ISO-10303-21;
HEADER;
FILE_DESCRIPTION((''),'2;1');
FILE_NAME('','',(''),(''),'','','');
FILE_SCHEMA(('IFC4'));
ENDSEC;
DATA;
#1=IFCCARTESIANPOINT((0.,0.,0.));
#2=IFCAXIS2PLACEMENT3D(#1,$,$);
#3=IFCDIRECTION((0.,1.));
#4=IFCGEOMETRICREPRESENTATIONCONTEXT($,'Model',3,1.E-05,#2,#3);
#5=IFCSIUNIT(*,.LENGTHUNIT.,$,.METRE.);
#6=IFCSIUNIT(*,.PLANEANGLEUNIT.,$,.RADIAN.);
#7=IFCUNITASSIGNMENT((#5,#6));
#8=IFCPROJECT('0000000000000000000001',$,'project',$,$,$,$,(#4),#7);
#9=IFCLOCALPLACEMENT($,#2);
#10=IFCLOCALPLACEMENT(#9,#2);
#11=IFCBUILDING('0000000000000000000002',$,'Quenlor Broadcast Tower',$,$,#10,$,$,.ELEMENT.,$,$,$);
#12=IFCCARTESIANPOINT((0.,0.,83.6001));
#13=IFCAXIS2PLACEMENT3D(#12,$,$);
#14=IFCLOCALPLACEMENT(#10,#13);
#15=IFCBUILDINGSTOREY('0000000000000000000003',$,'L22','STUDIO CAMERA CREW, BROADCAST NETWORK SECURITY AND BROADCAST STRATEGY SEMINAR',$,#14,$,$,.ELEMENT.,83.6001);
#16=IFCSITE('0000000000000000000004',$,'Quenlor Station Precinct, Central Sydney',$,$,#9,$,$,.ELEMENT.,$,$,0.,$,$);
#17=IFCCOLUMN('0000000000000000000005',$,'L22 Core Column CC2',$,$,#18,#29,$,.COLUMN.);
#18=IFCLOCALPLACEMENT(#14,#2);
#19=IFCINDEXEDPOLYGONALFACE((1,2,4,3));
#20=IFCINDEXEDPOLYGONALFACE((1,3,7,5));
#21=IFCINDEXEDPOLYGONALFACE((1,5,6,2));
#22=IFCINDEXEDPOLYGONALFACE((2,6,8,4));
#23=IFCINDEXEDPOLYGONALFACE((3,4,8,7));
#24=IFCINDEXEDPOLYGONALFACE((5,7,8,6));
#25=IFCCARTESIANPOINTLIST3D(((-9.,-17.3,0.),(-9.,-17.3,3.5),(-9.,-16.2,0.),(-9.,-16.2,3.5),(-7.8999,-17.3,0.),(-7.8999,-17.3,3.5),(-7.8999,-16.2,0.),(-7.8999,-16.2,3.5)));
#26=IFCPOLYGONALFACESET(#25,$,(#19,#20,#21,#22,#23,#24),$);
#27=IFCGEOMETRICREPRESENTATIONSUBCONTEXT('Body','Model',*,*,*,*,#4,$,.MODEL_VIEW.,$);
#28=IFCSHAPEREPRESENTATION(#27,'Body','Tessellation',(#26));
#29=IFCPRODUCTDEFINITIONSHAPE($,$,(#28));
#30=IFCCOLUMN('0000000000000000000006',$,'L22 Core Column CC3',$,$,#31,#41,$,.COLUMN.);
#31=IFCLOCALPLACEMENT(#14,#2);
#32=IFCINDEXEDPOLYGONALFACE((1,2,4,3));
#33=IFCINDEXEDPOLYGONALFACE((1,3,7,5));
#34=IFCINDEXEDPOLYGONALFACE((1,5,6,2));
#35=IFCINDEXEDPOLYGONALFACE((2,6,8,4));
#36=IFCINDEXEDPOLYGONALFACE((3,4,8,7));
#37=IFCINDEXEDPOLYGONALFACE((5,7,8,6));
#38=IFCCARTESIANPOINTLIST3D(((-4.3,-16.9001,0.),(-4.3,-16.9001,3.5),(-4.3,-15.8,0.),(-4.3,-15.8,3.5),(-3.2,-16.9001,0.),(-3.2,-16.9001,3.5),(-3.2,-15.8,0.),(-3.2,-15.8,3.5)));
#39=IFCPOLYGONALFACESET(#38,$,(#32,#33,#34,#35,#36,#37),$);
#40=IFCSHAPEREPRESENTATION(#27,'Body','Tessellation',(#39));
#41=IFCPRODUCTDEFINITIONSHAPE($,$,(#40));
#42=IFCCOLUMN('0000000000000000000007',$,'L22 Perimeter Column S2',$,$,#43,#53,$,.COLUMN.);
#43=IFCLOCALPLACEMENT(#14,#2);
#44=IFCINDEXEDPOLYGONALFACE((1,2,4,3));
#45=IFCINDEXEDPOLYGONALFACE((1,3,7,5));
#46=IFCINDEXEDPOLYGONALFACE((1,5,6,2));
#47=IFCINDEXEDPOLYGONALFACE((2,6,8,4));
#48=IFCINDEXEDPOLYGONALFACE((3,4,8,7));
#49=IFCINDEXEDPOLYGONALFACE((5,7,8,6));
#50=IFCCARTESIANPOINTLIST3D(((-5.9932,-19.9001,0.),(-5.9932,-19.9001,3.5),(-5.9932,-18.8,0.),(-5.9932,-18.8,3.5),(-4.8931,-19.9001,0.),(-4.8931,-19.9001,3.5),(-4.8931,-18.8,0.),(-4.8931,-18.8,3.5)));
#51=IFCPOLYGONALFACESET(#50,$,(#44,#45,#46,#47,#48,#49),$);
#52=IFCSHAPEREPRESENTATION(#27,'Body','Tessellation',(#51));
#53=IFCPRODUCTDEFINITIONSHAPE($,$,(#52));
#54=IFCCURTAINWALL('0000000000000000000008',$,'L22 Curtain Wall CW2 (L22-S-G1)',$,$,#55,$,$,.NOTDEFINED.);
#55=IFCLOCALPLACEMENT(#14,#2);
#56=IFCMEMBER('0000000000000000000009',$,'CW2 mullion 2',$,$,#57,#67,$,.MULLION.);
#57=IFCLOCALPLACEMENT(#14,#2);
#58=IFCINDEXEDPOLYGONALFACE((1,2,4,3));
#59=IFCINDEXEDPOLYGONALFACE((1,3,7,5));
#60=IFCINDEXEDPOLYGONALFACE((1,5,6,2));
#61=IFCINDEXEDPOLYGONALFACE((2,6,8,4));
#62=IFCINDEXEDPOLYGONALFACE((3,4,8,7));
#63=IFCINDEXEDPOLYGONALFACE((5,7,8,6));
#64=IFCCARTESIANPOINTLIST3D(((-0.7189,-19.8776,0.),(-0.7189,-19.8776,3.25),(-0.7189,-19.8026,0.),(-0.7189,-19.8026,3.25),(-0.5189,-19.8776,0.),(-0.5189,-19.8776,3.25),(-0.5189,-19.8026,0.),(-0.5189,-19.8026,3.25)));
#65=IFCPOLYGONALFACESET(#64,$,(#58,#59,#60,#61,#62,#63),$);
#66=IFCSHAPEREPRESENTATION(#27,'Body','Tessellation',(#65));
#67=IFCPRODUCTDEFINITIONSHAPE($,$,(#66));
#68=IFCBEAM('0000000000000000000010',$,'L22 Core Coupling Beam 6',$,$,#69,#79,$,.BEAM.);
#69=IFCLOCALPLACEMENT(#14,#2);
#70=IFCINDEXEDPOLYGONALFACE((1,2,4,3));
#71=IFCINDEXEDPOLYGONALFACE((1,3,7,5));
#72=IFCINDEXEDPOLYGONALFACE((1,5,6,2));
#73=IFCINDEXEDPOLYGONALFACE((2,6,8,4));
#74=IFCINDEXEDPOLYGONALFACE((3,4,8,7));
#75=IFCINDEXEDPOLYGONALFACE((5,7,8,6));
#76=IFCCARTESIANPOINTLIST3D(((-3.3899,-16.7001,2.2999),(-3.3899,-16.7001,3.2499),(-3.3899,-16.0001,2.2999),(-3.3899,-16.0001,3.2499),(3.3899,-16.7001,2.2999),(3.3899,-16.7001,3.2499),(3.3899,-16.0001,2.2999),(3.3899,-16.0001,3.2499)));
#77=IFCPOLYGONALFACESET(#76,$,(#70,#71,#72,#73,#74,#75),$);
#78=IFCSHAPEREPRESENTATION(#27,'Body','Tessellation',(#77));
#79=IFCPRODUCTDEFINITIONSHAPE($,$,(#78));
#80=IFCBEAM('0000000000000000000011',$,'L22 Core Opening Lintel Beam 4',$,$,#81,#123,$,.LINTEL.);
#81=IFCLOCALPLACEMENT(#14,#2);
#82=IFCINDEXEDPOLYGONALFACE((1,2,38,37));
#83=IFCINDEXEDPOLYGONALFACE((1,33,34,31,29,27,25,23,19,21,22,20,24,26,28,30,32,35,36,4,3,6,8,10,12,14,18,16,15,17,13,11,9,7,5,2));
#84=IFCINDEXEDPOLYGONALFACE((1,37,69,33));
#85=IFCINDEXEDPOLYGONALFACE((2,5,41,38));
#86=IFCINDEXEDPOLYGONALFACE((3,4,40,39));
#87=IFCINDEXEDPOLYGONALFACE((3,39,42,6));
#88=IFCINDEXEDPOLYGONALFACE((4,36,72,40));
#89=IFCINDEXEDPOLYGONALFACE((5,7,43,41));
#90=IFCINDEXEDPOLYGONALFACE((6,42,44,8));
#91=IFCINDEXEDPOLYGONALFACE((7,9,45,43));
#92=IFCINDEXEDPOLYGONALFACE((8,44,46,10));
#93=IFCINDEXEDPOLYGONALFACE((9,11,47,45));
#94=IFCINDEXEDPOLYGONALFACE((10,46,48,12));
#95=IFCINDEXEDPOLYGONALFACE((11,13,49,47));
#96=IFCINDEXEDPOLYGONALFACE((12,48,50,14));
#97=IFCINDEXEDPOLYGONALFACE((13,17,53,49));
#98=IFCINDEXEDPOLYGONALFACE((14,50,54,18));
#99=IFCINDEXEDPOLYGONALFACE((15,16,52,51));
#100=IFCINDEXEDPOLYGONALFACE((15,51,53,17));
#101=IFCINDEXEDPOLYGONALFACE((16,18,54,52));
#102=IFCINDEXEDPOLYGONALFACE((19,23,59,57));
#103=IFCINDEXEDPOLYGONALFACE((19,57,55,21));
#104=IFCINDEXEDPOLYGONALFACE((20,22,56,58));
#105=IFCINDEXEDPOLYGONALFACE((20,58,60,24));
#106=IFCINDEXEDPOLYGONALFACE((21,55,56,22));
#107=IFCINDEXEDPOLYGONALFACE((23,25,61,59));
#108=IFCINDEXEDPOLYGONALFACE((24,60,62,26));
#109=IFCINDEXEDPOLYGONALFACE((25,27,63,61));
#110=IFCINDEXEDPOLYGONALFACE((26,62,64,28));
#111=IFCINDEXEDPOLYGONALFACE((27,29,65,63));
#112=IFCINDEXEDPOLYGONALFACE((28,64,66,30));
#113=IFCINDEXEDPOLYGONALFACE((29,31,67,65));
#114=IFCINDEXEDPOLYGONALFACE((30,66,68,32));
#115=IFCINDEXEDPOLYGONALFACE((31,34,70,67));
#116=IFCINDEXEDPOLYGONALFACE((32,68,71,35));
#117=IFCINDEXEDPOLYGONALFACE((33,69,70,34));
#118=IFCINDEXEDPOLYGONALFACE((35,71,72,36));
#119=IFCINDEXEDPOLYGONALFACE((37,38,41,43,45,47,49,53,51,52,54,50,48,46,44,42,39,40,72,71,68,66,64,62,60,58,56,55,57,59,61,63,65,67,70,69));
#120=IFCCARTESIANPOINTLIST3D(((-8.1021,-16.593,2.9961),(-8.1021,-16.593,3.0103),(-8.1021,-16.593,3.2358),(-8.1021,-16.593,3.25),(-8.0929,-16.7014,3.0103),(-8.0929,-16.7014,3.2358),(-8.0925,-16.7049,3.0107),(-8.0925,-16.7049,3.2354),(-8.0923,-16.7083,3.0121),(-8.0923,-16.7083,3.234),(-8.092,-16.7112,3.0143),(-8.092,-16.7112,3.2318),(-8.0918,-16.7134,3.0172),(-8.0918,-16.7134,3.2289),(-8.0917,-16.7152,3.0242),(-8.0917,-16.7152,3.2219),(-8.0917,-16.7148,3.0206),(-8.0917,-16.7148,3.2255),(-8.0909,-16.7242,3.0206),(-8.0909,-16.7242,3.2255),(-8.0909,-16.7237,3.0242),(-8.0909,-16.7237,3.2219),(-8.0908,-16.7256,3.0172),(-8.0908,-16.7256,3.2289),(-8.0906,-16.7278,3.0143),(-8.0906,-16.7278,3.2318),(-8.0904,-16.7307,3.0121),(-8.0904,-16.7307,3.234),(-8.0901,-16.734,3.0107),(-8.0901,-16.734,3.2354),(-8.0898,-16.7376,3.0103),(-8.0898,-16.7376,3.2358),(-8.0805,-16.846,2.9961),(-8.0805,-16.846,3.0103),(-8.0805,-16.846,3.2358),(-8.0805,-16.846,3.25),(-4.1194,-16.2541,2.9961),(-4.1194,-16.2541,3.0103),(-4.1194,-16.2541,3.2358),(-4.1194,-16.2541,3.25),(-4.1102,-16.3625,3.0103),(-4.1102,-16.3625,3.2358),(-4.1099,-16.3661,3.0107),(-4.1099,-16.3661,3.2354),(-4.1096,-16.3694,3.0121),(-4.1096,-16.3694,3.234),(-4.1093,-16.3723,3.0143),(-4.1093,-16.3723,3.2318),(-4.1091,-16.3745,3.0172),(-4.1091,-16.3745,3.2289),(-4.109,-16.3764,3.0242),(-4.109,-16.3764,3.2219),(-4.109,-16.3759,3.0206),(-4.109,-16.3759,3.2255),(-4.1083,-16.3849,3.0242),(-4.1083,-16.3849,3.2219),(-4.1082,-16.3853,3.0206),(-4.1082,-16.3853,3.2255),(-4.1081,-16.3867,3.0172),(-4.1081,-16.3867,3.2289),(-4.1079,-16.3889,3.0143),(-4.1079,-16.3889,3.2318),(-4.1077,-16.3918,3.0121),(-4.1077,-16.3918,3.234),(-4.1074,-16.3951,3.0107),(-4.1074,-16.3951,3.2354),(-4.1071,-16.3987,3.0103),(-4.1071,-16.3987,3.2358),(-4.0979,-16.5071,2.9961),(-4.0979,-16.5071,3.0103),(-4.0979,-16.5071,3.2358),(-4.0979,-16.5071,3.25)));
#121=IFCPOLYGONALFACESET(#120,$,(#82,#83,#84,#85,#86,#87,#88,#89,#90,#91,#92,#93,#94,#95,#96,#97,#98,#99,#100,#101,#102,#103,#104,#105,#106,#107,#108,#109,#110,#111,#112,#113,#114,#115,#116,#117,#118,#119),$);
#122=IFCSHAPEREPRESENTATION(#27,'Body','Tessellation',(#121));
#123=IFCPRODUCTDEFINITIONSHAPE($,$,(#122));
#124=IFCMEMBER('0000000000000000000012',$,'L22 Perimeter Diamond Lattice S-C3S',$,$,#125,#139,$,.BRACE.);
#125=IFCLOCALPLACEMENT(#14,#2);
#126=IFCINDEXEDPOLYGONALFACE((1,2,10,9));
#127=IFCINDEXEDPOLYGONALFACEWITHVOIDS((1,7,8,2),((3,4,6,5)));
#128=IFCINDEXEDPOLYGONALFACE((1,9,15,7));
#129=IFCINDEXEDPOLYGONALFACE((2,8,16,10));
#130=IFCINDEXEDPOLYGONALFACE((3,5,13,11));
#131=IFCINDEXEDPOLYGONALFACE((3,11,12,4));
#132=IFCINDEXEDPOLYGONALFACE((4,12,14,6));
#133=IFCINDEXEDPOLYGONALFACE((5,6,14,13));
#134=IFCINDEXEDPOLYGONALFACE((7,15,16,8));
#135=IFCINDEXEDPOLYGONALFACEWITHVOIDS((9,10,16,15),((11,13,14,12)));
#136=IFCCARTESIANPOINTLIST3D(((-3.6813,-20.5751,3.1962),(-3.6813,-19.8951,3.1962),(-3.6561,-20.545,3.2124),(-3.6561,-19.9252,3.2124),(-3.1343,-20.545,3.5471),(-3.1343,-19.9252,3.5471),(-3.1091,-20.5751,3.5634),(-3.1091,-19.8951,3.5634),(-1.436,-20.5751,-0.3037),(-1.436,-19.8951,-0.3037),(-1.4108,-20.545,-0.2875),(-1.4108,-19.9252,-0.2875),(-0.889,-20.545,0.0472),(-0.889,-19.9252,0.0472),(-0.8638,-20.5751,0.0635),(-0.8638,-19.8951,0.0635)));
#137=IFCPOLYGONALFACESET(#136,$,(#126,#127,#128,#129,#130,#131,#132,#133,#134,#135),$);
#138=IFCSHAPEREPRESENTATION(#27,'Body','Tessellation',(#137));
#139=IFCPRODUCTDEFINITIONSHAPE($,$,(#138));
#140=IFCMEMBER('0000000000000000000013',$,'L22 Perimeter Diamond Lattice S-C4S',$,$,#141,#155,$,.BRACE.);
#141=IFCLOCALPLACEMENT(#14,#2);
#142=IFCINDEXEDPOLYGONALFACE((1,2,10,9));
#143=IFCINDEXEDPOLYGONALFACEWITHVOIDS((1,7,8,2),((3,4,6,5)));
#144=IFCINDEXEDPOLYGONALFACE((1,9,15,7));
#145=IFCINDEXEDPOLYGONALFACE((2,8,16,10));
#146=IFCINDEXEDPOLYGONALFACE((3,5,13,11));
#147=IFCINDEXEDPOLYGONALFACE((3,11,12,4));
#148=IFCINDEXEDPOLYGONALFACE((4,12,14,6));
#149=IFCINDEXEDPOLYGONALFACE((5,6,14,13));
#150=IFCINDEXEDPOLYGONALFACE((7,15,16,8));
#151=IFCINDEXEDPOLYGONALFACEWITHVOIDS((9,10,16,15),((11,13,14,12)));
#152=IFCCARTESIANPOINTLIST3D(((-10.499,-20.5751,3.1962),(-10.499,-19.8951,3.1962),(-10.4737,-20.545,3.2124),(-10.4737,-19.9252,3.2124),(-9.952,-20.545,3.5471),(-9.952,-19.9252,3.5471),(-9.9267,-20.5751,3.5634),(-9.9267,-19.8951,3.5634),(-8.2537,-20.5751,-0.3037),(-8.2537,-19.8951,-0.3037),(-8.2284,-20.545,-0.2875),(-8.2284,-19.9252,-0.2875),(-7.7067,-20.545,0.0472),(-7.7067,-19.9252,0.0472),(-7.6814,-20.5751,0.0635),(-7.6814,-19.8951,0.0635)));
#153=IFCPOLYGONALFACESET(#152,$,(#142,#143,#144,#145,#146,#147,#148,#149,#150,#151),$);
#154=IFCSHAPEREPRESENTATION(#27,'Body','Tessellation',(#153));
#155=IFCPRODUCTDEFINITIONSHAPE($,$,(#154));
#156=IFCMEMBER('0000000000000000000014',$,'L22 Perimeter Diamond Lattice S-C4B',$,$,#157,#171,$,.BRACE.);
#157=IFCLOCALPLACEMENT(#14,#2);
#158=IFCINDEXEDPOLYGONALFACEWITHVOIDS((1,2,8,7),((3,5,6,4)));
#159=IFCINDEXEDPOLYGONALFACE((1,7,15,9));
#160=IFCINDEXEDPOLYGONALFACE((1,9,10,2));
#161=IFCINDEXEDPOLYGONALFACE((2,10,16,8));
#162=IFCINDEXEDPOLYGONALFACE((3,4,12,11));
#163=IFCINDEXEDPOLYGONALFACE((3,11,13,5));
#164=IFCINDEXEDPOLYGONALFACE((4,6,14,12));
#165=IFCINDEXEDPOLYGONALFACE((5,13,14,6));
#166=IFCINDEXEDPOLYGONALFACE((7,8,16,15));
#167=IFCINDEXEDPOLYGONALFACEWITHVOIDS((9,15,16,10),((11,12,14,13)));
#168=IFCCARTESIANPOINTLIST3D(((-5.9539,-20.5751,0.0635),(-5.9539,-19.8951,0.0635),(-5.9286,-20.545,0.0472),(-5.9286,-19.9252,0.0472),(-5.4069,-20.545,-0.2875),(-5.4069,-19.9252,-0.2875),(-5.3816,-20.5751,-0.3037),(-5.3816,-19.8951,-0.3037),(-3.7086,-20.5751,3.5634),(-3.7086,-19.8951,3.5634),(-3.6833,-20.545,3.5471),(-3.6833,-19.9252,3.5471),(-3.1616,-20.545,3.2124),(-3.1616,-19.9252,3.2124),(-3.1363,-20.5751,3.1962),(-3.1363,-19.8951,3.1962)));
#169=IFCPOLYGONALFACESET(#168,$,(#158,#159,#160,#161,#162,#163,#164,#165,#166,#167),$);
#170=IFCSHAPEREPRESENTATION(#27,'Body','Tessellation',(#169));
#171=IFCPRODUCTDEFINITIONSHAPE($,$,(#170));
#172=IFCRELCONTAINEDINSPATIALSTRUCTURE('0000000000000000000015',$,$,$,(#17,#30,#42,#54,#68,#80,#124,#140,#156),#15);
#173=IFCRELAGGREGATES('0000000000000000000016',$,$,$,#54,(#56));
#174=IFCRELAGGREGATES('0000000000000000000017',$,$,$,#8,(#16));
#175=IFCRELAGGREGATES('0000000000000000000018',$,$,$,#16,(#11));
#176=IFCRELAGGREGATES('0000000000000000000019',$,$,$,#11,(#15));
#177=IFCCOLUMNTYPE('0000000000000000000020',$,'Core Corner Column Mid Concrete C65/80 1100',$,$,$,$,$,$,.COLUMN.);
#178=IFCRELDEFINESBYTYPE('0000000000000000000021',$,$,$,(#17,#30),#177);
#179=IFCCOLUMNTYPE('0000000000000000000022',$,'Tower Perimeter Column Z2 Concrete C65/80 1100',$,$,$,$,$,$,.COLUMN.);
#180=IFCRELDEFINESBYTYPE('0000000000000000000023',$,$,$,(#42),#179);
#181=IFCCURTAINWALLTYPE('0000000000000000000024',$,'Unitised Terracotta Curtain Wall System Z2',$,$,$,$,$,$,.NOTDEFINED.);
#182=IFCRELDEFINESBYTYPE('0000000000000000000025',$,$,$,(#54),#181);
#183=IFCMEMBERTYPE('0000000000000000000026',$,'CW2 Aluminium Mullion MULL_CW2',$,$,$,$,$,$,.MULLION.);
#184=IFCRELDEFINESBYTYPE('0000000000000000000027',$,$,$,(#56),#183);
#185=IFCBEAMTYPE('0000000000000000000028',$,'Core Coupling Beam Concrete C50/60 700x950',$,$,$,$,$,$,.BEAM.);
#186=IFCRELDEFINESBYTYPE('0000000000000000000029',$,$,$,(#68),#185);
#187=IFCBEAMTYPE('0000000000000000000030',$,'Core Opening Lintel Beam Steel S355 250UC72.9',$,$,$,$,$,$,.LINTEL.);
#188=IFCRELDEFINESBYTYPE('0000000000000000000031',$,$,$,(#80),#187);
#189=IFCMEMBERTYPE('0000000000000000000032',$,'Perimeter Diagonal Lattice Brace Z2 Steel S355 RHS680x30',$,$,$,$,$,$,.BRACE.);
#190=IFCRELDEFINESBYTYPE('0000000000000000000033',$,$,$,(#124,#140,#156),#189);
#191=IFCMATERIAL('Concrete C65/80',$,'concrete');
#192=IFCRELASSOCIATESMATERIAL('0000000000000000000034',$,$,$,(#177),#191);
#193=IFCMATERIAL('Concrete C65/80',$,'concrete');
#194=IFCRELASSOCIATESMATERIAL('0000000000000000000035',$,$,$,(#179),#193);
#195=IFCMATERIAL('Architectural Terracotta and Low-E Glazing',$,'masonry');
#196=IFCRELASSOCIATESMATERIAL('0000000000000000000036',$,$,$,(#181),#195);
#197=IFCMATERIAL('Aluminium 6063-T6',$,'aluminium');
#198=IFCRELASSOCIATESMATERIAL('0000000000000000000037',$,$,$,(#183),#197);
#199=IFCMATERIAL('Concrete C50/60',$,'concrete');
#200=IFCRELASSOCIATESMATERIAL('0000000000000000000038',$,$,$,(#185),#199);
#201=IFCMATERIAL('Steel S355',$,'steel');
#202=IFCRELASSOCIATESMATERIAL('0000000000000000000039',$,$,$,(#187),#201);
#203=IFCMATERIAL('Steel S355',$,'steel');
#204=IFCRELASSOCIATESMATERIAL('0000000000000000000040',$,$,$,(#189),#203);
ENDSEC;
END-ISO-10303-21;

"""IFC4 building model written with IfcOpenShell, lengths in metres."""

from ifc_helpers import new_model, si_unit, direction, frame, origin, origin_2d, place, context, subcontext, project, spatial, rectangle, hollow_rectangle, i_section, extrude, material, material_profile, profile_set, type_object, element, aggregate, save


model = new_model("IFC4")

# Units and contexts
model_context = context("Model", 3, precision=1e-05, world=origin(), true_north=direction((0.0, 1.0)))
body_context = subcontext(model_context, "Body", "Model", "MODEL_VIEW")
ifc_project = project(units=[si_unit("LENGTHUNIT", "METRE"), si_unit("PLANEANGLEUNIT", "RADIAN")], contexts=[model_context])

# Site, building, storey
site_placement = place(None, origin())
site = spatial("IfcSite", under=ifc_project, at=site_placement, Name="Quenlor Station Precinct, Central Sydney", CompositionType="ELEMENT", RefElevation=0.0)
building_placement = place(site_placement, origin())
building = spatial("IfcBuilding", under=site, at=building_placement, Name="Quenlor Broadcast Tower", CompositionType="ELEMENT")
storey_placement = place(building_placement, frame((0.0, 0.0, 83.6001)))
storey = spatial("IfcBuildingStorey", under=building, at=storey_placement, Name="L22", Description="STUDIO CAMERA CREW, BROADCAST NETWORK SECURITY AND BROADCAST STRATEGY SEMINAR", CompositionType="ELEMENT", Elevation=83.6001)

# Columns
ifc_material_1 = material(Name="Concrete C65/80", Category="concrete")
ifc_material_profile_1 = material_profile(ifc_material_1, rectangle(XDim=1.1001, YDim=1.1001, at=origin_2d()))
ifc_profile_set_1 = profile_set([ifc_material_profile_1], Name="Concrete C65/80 RC1100x1100")
column_type_1 = type_object("IfcColumnType", Name="Core Corner Column Mid Concrete C65/80 1100", PredefinedType="COLUMN", material=ifc_profile_set_1)
for number, where, z_axis, x_axis, name in (
    (1, (-8.45, -16.75, 0.0), (0.0, 0.0, 1.0), (1.0, 0.0, 0.0), "L22 Core Column CC2"),
    (2, (-3.75, -16.3501, 0.0), (0.0, 0.0, 1.0), (1.0, 0.0, 0.0), "L22 Core Column CC3"),
):
    element("IfcColumn", number, at=place(storey_placement, frame(where, z_axis=z_axis, x_axis=x_axis)), inside=storey, type_object=column_type_1, Name=name, PredefinedType="COLUMN", context=body_context, shape_type="SweptSolid", body=[
        extrude(rectangle(XDim=1.1001, YDim=1.1001, at=origin_2d()), origin(), (0.0, 0.0, 1.0), 3.5),
    ])
ifc_material_2 = material(Name="Concrete C65/80", Category="concrete")
ifc_material_profile_2 = material_profile(ifc_material_2, rectangle(XDim=1.1001, YDim=1.1001, at=origin_2d()))
ifc_profile_set_2 = profile_set([ifc_material_profile_2], Name="Concrete C65/80 RC1100x1100")
column_type_2 = type_object("IfcColumnType", Name="Tower Perimeter Column Z2 Concrete C65/80 1100", PredefinedType="COLUMN", material=ifc_profile_set_2)
column_placement = place(storey_placement, frame((-5.4431, -19.3501, 0.0), z_axis=(0.0, 0.0, 1.0), x_axis=(0.0, 1.0, 0.0)))
element("IfcColumn", 3, at=column_placement, inside=storey, type_object=column_type_2, Name="L22 Perimeter Column S2", PredefinedType="COLUMN", context=body_context, shape_type="SweptSolid", body=[
    extrude(rectangle(XDim=1.1001, YDim=1.1001, at=origin_2d()), origin(), (0.0, 0.0, 1.0), 3.5),
])

# Curtain wall, member
ifc_material_3 = material(Name="Architectural Terracotta and Low-E Glazing", Category="masonry")
curtain_wall_type = type_object("IfcCurtainWallType", Name="Unitised Terracotta Curtain Wall System Z2", PredefinedType="NOTDEFINED", material=ifc_material_3)
curtain_wall_placement = place(storey_placement, origin())
curtain_wall = element("IfcCurtainWall", 4, at=curtain_wall_placement, inside=storey, type_object=curtain_wall_type, Name="L22 Curtain Wall CW2 (L22-S-G1)", PredefinedType="NOTDEFINED")
ifc_material_4 = material(Name="Aluminium 6063-T6", Category="aluminium")
ifc_material_profile_3 = material_profile(ifc_material_4, rectangle(XDim=0.075, YDim=0.2, at=origin_2d()))
ifc_profile_set_3 = profile_set([ifc_material_profile_3], Name="Aluminium 6063-T6 MULL75x200")
member_type_1 = type_object("IfcMemberType", Name="CW2 Aluminium Mullion MULL_CW2", PredefinedType="MULLION", material=ifc_profile_set_3)
member_placement = place(storey_placement, frame((-0.6189, -19.8401, 0.0), z_axis=(0.0, 0.0, 1.0), x_axis=(0.0, -1.0, 0.0)))
member = element("IfcMember", 5, at=member_placement, type_object=member_type_1, Name="CW2 mullion 2", PredefinedType="MULLION", context=body_context, shape_type="SweptSolid", body=[
    extrude(rectangle(XDim=0.075, YDim=0.2, at=origin_2d()), origin(), (0.0, 0.0, 1.0), 3.25),
])

# Beams
ifc_material_5 = material(Name="Concrete C50/60", Category="concrete")
ifc_material_profile_4 = material_profile(ifc_material_5, rectangle(XDim=0.7, YDim=0.95, at=origin_2d()))
ifc_profile_set_4 = profile_set([ifc_material_profile_4], Name="Concrete C50/60 RCB700x950")
beam_type_1 = type_object("IfcBeamType", Name="Core Coupling Beam Concrete C50/60 700x950", PredefinedType="BEAM", material=ifc_profile_set_4)
beam_1_placement = place(storey_placement, frame((-3.3899, -16.3501, 2.7749), z_axis=(1.0, 0.0, 0.0), x_axis=(0.0, 1.0, 0.0)))
element("IfcBeam", 6, at=beam_1_placement, inside=storey, type_object=beam_type_1, Name="L22 Core Coupling Beam 6", PredefinedType="BEAM", context=body_context, shape_type="SweptSolid", body=[
    extrude(rectangle(XDim=0.7, YDim=0.95, at=origin_2d()), origin(), (0.0, 0.0, 1.0), 6.7798),
])
ifc_material_6 = material(Name="Steel S355", Category="steel")
ifc_material_profile_5 = material_profile(ifc_material_6, i_section(OverallWidth=0.2539, OverallDepth=0.2539, WebThickness=0.0085, FlangeThickness=0.0142, FilletRadius=0.0139, at=origin_2d()))
ifc_profile_set_5 = profile_set([ifc_material_profile_5], Name="Steel S355 250UC72.9")
beam_type_2 = type_object("IfcBeamType", Name="Core Opening Lintel Beam Steel S355 250UC72.9", PredefinedType="LINTEL", material=ifc_profile_set_5)
beam_2_placement = place(storey_placement, frame((-8.0913, -16.7195, 3.123), z_axis=(0.9964, 0.084779, 0.0), x_axis=(-0.084779, 0.9964, 0.0)))
element("IfcBeam", 7, at=beam_2_placement, inside=storey, type_object=beam_type_2, Name="L22 Core Opening Lintel Beam 4", PredefinedType="LINTEL", context=body_context, shape_type="SweptSolid", body=[
    extrude(i_section(OverallWidth=0.2539, OverallDepth=0.2539, WebThickness=0.0085, FlangeThickness=0.0142, FilletRadius=0.0139, at=origin_2d()), origin(), (0.0, 0.0, 1.0), 3.9971),
])

# Members
ifc_material_7 = material(Name="Steel S355", Category="steel")
ifc_material_profile_6 = material_profile(ifc_material_7, hollow_rectangle(XDim=0.6799, YDim=0.6799, WallThickness=0.03, at=origin_2d()))
ifc_profile_set_6 = profile_set([ifc_material_profile_6], Name="Steel S355 RHS680x680x30")
member_type_2 = type_object("IfcMemberType", Name="Perimeter Diagonal Lattice Brace Z2 Steel S355 RHS680x30", PredefinedType="BRACE", material=ifc_profile_set_6)
for number, where, z_axis, x_axis, name in (
    (8, (-1.1499, -20.2351, -0.1201), (-0.539968, 0.0, 0.841686), (0.0, -1.0, 0.0), "L22 Perimeter Diamond Lattice S-C3S"),
    (9, (-7.9675, -20.2351, -0.1201), (-0.539968, 0.0, 0.841686), (0.0, -1.0, 0.0), "L22 Perimeter Diamond Lattice S-C4S"),
    (10, (-5.6677, -20.2351, -0.1201), (0.539968, 0.0, 0.841686), (0.0, 1.0, 0.0), "L22 Perimeter Diamond Lattice S-C4B"),
):
    element("IfcMember", number, at=place(storey_placement, frame(where, z_axis=z_axis, x_axis=x_axis)), inside=storey, type_object=member_type_2, Name=name, PredefinedType="BRACE", context=body_context, shape_type="SweptSolid", body=[
        extrude(hollow_rectangle(XDim=0.6799, YDim=0.6799, WallThickness=0.03, at=origin_2d()), origin(), (0.0, 0.0, 1.0), 4.1582),
    ])

aggregate(curtain_wall, [member])

save(model, "model.ifc")
